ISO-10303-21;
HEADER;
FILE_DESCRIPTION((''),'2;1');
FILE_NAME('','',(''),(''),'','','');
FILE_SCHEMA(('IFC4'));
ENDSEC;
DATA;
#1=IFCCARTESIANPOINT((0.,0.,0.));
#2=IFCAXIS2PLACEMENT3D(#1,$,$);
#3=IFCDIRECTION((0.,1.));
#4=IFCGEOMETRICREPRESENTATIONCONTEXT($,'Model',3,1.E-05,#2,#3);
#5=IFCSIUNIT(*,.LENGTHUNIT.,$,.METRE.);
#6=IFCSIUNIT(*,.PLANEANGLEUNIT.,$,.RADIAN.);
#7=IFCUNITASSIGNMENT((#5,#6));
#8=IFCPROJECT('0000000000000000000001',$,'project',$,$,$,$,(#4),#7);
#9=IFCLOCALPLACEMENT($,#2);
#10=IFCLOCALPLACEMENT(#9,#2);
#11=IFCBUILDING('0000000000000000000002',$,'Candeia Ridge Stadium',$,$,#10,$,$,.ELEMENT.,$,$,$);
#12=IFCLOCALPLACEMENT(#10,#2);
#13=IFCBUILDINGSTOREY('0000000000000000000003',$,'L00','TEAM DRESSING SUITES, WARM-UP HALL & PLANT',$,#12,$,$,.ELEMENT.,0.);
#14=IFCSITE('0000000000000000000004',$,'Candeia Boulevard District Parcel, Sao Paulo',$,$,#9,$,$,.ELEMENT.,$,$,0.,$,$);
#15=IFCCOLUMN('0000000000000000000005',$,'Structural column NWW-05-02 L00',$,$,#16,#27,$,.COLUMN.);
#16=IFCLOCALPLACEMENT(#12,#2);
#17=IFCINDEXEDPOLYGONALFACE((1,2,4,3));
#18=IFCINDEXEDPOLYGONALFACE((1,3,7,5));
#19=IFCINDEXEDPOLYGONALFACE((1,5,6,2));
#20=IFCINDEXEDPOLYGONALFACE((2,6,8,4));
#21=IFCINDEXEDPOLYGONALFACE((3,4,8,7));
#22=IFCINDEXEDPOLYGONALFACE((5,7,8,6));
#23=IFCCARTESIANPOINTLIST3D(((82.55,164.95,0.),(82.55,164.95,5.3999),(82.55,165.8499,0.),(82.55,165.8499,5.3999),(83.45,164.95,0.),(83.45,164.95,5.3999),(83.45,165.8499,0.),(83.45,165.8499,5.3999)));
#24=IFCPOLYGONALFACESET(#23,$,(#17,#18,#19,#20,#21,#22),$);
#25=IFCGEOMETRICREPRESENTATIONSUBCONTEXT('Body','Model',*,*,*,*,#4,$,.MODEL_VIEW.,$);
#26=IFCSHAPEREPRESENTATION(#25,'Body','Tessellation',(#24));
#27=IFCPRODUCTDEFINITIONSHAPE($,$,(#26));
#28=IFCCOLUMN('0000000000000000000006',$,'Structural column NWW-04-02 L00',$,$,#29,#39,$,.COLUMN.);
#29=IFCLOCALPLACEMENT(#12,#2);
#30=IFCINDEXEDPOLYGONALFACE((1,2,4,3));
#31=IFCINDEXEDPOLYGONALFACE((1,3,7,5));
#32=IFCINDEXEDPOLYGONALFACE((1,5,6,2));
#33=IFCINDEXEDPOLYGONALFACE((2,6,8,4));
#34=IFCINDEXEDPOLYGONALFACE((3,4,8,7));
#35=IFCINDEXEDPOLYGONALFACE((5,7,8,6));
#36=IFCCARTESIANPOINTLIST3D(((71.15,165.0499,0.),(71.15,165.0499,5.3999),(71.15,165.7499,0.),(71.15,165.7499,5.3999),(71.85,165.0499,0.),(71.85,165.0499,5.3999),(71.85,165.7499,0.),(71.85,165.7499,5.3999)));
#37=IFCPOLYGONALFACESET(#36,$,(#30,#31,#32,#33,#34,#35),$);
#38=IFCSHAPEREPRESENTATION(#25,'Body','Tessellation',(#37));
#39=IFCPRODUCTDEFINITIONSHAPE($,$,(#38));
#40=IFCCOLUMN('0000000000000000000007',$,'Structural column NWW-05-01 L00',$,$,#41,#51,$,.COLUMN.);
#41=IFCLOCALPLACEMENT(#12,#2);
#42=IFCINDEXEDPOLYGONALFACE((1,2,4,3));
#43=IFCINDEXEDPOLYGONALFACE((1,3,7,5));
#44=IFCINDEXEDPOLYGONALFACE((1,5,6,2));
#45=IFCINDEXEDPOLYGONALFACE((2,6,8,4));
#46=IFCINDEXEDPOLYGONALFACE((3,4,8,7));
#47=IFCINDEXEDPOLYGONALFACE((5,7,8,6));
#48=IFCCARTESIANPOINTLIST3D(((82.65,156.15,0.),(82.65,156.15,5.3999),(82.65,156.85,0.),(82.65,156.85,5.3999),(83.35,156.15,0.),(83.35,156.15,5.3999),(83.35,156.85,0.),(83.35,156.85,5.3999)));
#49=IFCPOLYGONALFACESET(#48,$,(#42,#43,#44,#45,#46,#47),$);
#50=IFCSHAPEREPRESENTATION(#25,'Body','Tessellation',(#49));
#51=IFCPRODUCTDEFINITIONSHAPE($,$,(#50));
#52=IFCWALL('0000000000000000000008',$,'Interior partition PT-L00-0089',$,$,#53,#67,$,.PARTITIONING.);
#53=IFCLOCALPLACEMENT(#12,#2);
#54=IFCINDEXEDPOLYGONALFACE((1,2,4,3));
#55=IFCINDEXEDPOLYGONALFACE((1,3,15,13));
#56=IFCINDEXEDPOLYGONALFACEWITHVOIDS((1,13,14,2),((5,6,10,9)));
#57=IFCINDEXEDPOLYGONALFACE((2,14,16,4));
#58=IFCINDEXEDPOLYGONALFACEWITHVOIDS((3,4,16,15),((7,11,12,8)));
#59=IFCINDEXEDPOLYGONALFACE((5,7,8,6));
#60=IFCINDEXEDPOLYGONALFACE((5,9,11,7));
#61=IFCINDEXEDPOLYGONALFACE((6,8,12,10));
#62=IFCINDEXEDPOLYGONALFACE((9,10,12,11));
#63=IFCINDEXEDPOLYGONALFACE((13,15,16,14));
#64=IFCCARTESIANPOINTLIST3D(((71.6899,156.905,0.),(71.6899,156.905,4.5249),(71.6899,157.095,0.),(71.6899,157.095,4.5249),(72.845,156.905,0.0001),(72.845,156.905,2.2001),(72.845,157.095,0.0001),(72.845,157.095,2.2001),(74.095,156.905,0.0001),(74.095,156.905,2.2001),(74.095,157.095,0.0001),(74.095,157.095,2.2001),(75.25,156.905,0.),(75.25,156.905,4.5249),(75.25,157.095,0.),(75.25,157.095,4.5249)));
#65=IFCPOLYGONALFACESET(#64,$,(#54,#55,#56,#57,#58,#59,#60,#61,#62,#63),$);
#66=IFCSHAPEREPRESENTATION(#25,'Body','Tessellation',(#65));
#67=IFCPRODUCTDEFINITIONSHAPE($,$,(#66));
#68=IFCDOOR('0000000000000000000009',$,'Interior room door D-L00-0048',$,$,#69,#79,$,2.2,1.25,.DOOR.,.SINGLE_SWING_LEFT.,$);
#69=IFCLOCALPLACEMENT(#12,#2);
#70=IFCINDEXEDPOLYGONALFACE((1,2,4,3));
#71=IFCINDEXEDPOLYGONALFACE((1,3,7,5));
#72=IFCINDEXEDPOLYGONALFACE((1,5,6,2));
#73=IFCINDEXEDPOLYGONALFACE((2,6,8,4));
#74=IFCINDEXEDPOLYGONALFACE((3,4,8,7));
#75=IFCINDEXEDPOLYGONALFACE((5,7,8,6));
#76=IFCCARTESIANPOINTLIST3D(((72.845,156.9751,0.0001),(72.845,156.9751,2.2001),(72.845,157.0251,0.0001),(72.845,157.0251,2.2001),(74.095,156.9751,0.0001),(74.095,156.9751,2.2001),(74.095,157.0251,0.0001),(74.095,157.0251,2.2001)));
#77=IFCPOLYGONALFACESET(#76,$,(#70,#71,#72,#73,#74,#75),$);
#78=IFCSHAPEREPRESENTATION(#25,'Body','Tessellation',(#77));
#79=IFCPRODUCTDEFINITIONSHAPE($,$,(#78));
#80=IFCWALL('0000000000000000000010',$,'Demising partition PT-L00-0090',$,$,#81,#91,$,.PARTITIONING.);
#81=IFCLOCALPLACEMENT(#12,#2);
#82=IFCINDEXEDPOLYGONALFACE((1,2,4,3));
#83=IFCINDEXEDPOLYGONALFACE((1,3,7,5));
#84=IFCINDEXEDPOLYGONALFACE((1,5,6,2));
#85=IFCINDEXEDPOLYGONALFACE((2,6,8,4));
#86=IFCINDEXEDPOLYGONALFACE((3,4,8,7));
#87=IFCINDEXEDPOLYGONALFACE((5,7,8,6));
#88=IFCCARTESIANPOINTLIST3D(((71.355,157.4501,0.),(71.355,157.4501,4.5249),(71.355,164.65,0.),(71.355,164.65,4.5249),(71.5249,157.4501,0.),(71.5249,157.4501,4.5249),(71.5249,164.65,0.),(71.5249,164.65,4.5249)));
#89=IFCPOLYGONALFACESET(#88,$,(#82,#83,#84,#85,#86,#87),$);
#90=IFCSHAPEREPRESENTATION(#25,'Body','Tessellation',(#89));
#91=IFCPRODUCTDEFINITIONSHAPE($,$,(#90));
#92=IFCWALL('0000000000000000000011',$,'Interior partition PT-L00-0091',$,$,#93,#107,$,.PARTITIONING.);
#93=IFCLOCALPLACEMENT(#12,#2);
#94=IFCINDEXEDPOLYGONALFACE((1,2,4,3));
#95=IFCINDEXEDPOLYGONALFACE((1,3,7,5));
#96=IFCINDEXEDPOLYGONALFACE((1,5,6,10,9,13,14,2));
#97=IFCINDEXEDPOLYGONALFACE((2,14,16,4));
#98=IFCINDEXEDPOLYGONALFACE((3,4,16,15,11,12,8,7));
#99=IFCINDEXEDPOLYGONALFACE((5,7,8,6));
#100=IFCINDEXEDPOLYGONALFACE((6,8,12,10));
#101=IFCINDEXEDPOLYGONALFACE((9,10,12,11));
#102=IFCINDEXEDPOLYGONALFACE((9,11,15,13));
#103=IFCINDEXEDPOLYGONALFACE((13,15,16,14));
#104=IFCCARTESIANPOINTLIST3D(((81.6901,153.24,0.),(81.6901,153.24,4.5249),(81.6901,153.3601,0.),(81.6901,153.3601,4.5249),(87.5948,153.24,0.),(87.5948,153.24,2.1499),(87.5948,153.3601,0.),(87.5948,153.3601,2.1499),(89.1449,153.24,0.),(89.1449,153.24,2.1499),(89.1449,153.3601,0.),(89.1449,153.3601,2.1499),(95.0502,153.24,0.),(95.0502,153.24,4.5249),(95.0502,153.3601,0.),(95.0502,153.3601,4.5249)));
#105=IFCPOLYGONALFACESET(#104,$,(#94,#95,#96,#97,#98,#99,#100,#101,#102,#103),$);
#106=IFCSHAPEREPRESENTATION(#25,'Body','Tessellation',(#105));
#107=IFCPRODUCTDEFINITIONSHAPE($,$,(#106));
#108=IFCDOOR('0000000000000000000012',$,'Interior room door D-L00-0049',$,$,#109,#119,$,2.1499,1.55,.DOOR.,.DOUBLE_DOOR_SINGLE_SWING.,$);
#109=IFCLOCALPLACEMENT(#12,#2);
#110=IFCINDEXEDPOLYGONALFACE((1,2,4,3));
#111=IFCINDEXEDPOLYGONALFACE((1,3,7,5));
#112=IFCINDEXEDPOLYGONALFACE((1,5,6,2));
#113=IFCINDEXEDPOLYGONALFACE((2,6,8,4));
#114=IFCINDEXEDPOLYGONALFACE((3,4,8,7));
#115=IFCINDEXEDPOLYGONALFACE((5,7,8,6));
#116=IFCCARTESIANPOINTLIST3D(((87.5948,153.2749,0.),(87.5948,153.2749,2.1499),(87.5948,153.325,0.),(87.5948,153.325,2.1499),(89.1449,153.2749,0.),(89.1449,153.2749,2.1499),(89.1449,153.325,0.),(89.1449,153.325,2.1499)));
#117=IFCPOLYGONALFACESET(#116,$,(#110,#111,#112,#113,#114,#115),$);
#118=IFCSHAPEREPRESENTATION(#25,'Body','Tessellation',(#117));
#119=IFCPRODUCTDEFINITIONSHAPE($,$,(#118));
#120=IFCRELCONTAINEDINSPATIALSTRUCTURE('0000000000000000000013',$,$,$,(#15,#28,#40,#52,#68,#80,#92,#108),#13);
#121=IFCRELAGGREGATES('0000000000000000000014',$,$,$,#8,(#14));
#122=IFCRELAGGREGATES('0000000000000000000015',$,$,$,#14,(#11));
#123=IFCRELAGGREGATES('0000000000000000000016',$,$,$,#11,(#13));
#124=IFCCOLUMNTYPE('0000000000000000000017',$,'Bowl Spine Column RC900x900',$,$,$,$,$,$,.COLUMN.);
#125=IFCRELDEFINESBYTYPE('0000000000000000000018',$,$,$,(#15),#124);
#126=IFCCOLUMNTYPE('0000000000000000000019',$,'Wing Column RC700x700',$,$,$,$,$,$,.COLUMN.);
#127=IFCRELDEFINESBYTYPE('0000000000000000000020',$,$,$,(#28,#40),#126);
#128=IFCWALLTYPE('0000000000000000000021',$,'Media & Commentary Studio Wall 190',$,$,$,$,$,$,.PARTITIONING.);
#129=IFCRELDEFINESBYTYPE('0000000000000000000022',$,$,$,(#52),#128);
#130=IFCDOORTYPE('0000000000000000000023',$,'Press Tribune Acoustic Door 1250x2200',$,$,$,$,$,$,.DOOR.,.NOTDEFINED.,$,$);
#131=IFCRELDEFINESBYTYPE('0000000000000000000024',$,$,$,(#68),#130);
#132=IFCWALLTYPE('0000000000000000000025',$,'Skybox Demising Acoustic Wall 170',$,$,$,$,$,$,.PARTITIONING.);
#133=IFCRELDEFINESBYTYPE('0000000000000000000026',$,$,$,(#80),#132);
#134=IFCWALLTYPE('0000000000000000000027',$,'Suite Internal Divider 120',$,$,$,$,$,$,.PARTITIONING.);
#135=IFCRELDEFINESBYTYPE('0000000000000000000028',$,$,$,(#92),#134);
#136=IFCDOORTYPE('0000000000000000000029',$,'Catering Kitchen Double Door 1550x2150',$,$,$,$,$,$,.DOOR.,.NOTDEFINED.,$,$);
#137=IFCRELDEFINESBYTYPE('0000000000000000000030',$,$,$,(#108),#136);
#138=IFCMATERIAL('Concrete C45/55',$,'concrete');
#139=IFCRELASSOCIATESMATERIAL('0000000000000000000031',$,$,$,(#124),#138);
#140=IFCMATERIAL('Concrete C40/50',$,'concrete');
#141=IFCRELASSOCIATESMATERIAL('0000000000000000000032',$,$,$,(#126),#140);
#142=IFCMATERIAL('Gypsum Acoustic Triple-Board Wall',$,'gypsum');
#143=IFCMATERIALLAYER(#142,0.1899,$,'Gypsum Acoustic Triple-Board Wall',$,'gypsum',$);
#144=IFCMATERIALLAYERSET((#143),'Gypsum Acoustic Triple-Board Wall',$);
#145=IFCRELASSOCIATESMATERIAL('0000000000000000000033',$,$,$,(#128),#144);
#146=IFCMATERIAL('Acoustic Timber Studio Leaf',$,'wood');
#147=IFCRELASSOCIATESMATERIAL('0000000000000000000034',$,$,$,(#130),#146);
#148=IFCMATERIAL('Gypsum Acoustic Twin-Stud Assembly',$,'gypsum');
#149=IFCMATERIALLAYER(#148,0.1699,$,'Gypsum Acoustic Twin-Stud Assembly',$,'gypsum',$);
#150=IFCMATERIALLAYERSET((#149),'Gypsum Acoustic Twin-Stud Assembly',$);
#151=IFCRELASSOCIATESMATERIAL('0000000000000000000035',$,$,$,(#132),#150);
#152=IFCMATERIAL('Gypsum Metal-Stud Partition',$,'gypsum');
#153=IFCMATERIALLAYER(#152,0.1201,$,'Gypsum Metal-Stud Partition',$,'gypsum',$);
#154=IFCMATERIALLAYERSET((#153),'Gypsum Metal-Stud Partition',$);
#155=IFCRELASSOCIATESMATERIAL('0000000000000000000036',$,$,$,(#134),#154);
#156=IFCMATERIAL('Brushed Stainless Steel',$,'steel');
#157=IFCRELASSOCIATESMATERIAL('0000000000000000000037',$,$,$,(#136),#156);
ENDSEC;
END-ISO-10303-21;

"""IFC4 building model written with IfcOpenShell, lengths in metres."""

from ifc_helpers import new_model, si_unit, direction, frame, frame_2d, origin, origin_2d, place, context, subcontext, project, spatial, rectangle, extrude, material, layer, layer_set, material_profile, profile_set, type_object, element, fill, save


model = new_model("IFC4")

# Units and contexts
model_context = context("Model", 3, precision=1e-05, world=origin(), true_north=direction((0.0, 1.0)))
body_context = subcontext(model_context, "Body", "Model", "MODEL_VIEW")
ifc_project = project(units=[si_unit("LENGTHUNIT", "METRE"), si_unit("PLANEANGLEUNIT", "RADIAN")], contexts=[model_context])

# Site, building, storey
site_placement = place(None, origin())
site = spatial("IfcSite", under=ifc_project, at=site_placement, Name="Candeia Boulevard District Parcel, Sao Paulo", CompositionType="ELEMENT", RefElevation=0.0)
building_placement = place(site_placement, origin())
building = spatial("IfcBuilding", under=site, at=building_placement, Name="Candeia Ridge Stadium", CompositionType="ELEMENT")
storey_placement = place(building_placement, origin())
storey = spatial("IfcBuildingStorey", under=building, at=storey_placement, Name="L00", Description="TEAM DRESSING SUITES, WARM-UP HALL & PLANT", CompositionType="ELEMENT", Elevation=0.0)

# Shared definitions
ifc_material_1 = material(Name="Concrete C40/50", Category="concrete")

# Columns
ifc_material_2 = material(Name="Concrete C45/55", Category="concrete")
ifc_material_profile_1 = material_profile(ifc_material_2, rectangle(XDim=0.8999, YDim=0.8999, at=origin_2d()), Name="RC900x900", Category="concrete")
ifc_profile_set_1 = profile_set([ifc_material_profile_1], Name="Concrete C45/55")
column_type_1 = type_object("IfcColumnType", Name="Bowl Spine Column RC900x900", PredefinedType="COLUMN", material=ifc_profile_set_1)
for number, where, z_axis, x_axis, name in (
    (1, (83.0, 165.3999, 0.0), (0.0, 0.0, 1.0), (1.0, 0.0, 0.0), "Structural column NWW-05-02 L00"),
):
    element("IfcColumn", number, at=place(storey_placement, frame(where, z_axis=z_axis, x_axis=x_axis)), inside=storey, type_object=column_type_1, Name=name, PredefinedType="COLUMN", context=body_context, shape_type="SweptSolid", body=[
        extrude(rectangle(XDim=0.8999, YDim=0.8999, at=origin_2d()), origin(), (0.0, 0.0, 1.0), 5.3999),
    ])
ifc_material_profile_2 = material_profile(ifc_material_1, rectangle(XDim=0.7, YDim=0.7, at=origin_2d()), Name="RC700x700", Category="concrete")
ifc_profile_set_2 = profile_set([ifc_material_profile_2], Name="Concrete C40/50")
column_type_2 = type_object("IfcColumnType", Name="Wing Column RC700x700", PredefinedType="COLUMN", material=ifc_profile_set_2)
for number, where, z_axis, x_axis, name in (
    (2, (71.5, 165.3999, 0.0), (0.0, 0.0, 1.0), (1.0, 0.0, 0.0), "Structural column NWW-04-02 L00"),
    (3, (83.0, 156.5, 0.0), (0.0, 0.0, 1.0), (1.0, 0.0, 0.0), "Structural column NWW-05-01 L00"),
):
    element("IfcColumn", number, at=place(storey_placement, frame(where, z_axis=z_axis, x_axis=x_axis)), inside=storey, type_object=column_type_2, Name=name, PredefinedType="COLUMN", context=body_context, shape_type="SweptSolid", body=[
        extrude(rectangle(XDim=0.7, YDim=0.7, at=origin_2d()), origin(), (0.0, 0.0, 1.0), 5.3999),
    ])

# Wall, opening, door
ifc_material_3 = material(Name="Gypsum Acoustic Triple-Board Wall", Category="gypsum")
ifc_layer_1 = layer(ifc_material_3, 0.1899, Name="Gypsum Acoustic Triple-Board Wall", Category="gypsum")
ifc_layer_set_1 = layer_set([ifc_layer_1], Name="Gypsum Acoustic Triple-Board Wall")
wall_type_1 = type_object("IfcWallType", Name="Media & Commentary Studio Wall 190", PredefinedType="PARTITIONING", material=ifc_layer_set_1)
wall_1_placement = place(storey_placement, frame((75.25, 157.0, 0.0), z_axis=(0.0, 0.0, 1.0), x_axis=(-1.0, 0.0, 0.0)))
wall_1 = element("IfcWall", 4, at=wall_1_placement, inside=storey, type_object=wall_type_1, Name="Interior partition PT-L00-0089", PredefinedType="PARTITIONING", context=body_context, shape_type="SweptSolid", body=[
    extrude(rectangle(XDim=3.5601, YDim=0.1899, at=frame_2d((1.78, 0.0))), origin(), (0.0, 0.0, 1.0), 4.5249),
])
opening_1_placement = place(wall_1_placement, frame((1.155, 0.0, 0.0)))
opening_1 = element("IfcOpeningElement", 5, at=opening_1_placement, cuts=wall_1, PredefinedType="OPENING", context=body_context, shape_type="SweptSolid", body=[
    extrude(rectangle(XDim=1.25, YDim=2.2, at=frame_2d((0.625, 1.1001))), frame((0.0, 0.105, 0.0), z_axis=(0.0, -1.0, 0.0), x_axis=(1.0, 0.0, 0.0)), (0.0, 0.0, 1.0), 0.21),
])
ifc_material_4 = material(Name="Acoustic Timber Studio Leaf", Category="wood")
door_type_1 = type_object("IfcDoorType", Name="Press Tribune Acoustic Door 1250x2200", OperationType="NOTDEFINED", PredefinedType="DOOR", material=ifc_material_4)
door_1_placement = place(opening_1_placement, origin())
door_1 = element("IfcDoor", 6, at=door_1_placement, inside=storey, type_object=door_type_1, Name="Interior room door D-L00-0048", OperationType="SINGLE_SWING_LEFT", OverallHeight=2.2, OverallWidth=1.25, PredefinedType="DOOR", context=body_context, shape_type="SweptSolid", body=[
    extrude(rectangle(XDim=1.25, YDim=2.2, at=frame_2d((0.625, 1.1001))), frame((0.0, 0.0249, 0.0), z_axis=(0.0, -1.0, 0.0), x_axis=(1.0, 0.0, 0.0)), (0.0, 0.0, 1.0), 0.05),
])
fill(opening_1, door_1)

# Wall
ifc_material_5 = material(Name="Gypsum Acoustic Twin-Stud Assembly", Category="gypsum")
ifc_layer_2 = layer(ifc_material_5, 0.1699, Name="Gypsum Acoustic Twin-Stud Assembly", Category="gypsum")
ifc_layer_set_2 = layer_set([ifc_layer_2], Name="Gypsum Acoustic Twin-Stud Assembly")
wall_type_2 = type_object("IfcWallType", Name="Skybox Demising Acoustic Wall 170", PredefinedType="PARTITIONING", material=ifc_layer_set_2)
wall_2_placement = place(storey_placement, frame((71.4399, 157.45, 0.0), z_axis=(0.0, 0.0, 1.0), x_axis=(0.0, 1.0, 0.0)))
element("IfcWall", 7, at=wall_2_placement, inside=storey, type_object=wall_type_2, Name="Demising partition PT-L00-0090", PredefinedType="PARTITIONING", context=body_context, shape_type="SweptSolid", body=[
    extrude(rectangle(XDim=7.2, YDim=0.1699, at=frame_2d((3.6001, 0.0))), origin(), (0.0, 0.0, 1.0), 4.5249),
])

# Wall, opening, door
ifc_material_6 = material(Name="Gypsum Metal-Stud Partition", Category="gypsum")
ifc_layer_3 = layer(ifc_material_6, 0.1201, Name="Gypsum Metal-Stud Partition", Category="gypsum")
ifc_layer_set_3 = layer_set([ifc_layer_3], Name="Gypsum Metal-Stud Partition")
wall_type_3 = type_object("IfcWallType", Name="Suite Internal Divider 120", PredefinedType="PARTITIONING", material=ifc_layer_set_3)
wall_3_placement = place(storey_placement, frame((81.6899, 153.3, 0.0), z_axis=(0.0, 0.0, 1.0), x_axis=(1.0, 0.0, 0.0)))
wall_3 = element("IfcWall", 8, at=wall_3_placement, inside=storey, type_object=wall_type_3, Name="Interior partition PT-L00-0091", PredefinedType="PARTITIONING", context=body_context, shape_type="SweptSolid", body=[
    extrude(rectangle(XDim=13.3601, YDim=0.1201, at=frame_2d((6.6802, 0.0))), origin(), (0.0, 0.0, 1.0), 4.5249),
])
opening_2_placement = place(wall_3_placement, frame((5.905, 0.0, 0.0)))
opening_2 = element("IfcOpeningElement", 9, at=opening_2_placement, cuts=wall_3, PredefinedType="OPENING", context=body_context, shape_type="SweptSolid", body=[
    extrude(rectangle(XDim=1.55, YDim=2.1499, at=frame_2d((0.7749, 1.075))), frame((0.0, 0.0701, 0.0), z_axis=(0.0, -1.0, 0.0), x_axis=(1.0, 0.0, 0.0)), (0.0, 0.0, 1.0), 0.1401),
])
ifc_material_7 = material(Name="Brushed Stainless Steel", Category="steel")
door_type_2 = type_object("IfcDoorType", Name="Catering Kitchen Double Door 1550x2150", OperationType="NOTDEFINED", PredefinedType="DOOR", material=ifc_material_7)
door_2_placement = place(opening_2_placement, origin())
door_2 = element("IfcDoor", 10, at=door_2_placement, inside=storey, type_object=door_type_2, Name="Interior room door D-L00-0049", OperationType="DOUBLE_DOOR_SINGLE_SWING", OverallHeight=2.1499, OverallWidth=1.55, PredefinedType="DOOR", context=body_context, shape_type="SweptSolid", body=[
    extrude(rectangle(XDim=1.55, YDim=2.1499, at=frame_2d((0.7749, 1.075))), frame((0.0, 0.0249, 0.0), z_axis=(0.0, -1.0, 0.0), x_axis=(1.0, 0.0, 0.0)), (0.0, 0.0, 1.0), 0.05),
])
fill(opening_2, door_2)

save(model, "model.ifc")
